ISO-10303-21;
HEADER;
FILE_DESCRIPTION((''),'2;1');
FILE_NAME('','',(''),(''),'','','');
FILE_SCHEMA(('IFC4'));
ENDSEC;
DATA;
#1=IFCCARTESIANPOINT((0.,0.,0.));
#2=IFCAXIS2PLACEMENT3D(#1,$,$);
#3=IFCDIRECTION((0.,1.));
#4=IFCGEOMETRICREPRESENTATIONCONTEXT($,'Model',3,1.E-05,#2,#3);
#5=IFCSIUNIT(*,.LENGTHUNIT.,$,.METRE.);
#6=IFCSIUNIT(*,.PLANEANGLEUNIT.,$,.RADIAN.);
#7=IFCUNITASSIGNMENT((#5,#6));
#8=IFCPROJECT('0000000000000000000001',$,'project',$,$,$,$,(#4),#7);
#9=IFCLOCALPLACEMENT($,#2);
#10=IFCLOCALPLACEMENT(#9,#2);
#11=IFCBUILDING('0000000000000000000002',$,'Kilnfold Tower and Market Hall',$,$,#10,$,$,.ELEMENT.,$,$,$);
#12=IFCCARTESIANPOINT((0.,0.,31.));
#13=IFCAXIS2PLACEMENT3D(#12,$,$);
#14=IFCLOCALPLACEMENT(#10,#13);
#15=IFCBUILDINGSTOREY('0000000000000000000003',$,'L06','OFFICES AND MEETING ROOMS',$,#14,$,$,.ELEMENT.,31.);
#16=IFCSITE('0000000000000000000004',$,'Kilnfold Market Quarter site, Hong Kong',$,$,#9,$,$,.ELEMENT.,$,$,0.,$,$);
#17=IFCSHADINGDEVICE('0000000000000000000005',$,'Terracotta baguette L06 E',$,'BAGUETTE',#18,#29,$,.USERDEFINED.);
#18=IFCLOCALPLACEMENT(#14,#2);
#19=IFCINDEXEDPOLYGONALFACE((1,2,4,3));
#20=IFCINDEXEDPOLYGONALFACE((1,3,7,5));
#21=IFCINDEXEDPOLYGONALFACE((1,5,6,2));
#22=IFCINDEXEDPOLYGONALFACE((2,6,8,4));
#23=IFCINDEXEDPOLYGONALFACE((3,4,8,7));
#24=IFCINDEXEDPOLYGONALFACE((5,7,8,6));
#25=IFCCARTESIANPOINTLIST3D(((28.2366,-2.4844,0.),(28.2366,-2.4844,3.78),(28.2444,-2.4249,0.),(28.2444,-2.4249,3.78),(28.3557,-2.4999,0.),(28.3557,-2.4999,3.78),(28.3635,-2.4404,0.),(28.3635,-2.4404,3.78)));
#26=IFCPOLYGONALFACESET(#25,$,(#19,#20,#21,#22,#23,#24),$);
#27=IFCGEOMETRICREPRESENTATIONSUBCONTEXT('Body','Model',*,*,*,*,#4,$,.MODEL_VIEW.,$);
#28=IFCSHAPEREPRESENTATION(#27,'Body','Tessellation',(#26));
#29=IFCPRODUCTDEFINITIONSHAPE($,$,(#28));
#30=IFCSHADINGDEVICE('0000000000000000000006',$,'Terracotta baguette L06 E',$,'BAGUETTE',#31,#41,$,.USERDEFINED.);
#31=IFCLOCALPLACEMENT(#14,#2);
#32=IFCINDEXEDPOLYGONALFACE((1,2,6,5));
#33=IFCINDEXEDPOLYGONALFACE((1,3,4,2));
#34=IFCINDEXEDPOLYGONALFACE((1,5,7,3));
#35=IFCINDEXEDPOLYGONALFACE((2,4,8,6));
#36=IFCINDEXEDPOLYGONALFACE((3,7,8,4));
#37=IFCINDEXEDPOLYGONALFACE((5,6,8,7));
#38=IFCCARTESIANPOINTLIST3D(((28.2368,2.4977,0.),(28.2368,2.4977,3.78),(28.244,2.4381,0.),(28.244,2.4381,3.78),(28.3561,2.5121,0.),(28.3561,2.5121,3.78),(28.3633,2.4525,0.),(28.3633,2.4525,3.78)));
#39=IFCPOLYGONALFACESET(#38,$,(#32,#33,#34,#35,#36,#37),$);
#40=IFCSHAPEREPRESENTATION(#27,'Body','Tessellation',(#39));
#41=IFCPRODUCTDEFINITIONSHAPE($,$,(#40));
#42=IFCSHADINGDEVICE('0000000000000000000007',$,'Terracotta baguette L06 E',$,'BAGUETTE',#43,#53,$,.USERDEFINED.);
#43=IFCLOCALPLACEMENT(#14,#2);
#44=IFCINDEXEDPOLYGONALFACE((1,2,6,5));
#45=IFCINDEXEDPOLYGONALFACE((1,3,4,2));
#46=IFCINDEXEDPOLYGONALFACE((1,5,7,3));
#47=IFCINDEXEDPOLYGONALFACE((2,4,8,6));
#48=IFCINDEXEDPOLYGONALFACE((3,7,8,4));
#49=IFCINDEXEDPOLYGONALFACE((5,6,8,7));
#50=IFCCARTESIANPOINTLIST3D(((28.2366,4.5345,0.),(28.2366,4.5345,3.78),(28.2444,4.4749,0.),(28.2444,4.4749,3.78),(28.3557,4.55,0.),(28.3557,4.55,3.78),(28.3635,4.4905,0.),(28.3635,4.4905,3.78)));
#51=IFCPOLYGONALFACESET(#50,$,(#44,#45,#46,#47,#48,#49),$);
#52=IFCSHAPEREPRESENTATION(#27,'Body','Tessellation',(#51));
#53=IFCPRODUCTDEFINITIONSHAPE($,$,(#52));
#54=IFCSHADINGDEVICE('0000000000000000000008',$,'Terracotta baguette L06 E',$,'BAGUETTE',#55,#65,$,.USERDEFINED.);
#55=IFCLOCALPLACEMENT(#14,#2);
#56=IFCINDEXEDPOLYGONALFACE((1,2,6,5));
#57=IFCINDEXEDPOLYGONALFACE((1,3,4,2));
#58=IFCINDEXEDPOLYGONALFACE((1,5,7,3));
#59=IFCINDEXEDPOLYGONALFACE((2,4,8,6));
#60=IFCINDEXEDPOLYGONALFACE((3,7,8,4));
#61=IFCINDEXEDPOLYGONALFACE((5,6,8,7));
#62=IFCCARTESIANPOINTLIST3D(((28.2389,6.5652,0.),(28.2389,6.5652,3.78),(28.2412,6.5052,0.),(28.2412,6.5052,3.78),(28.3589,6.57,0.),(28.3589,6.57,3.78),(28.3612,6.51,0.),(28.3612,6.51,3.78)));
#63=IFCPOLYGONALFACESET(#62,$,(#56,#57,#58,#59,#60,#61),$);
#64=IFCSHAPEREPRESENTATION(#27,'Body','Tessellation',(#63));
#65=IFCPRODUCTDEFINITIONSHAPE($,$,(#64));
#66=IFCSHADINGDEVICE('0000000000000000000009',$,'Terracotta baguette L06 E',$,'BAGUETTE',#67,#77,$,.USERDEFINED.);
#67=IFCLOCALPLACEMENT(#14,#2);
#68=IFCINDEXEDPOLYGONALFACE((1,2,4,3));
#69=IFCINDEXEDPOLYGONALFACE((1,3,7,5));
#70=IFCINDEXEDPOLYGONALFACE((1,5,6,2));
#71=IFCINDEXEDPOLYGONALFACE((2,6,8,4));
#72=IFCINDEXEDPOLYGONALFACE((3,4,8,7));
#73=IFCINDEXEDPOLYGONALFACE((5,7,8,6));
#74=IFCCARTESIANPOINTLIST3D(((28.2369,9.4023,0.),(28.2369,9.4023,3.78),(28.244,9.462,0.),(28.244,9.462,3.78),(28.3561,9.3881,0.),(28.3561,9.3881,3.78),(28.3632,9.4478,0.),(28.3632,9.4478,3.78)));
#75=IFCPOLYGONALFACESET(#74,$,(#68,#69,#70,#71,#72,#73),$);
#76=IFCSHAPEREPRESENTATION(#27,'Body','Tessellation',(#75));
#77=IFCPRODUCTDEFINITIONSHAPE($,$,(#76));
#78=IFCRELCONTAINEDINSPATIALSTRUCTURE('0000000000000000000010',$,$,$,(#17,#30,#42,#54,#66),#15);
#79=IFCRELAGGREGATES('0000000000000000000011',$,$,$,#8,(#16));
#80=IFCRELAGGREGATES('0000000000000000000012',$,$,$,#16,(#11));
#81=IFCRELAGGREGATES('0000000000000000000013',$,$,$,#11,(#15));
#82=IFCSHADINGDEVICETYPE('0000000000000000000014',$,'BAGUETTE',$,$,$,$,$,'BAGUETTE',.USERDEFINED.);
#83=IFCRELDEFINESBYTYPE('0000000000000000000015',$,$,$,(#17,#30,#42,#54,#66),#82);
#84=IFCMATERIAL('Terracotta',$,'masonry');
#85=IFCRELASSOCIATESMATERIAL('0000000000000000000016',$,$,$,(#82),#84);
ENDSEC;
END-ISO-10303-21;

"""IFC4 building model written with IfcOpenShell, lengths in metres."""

from ifc_helpers import new_model, si_unit, direction, frame, origin, origin_2d, place, context, subcontext, project, spatial, rectangle, extrude, source, transform, mapped, material, material_profile, profile_set, type_object, element, save


model = new_model("IFC4")

# Units and contexts
model_context = context("Model", 3, precision=1e-05, world=origin(), true_north=direction((0.0, 1.0)))
body_context = subcontext(model_context, "Body", "Model", "MODEL_VIEW")
ifc_project = project(units=[si_unit("LENGTHUNIT", "METRE"), si_unit("PLANEANGLEUNIT", "RADIAN")], contexts=[model_context])

# Site, building, storey
site_placement = place(None, origin())
site = spatial("IfcSite", under=ifc_project, at=site_placement, Name="Kilnfold Market Quarter site, Hong Kong", CompositionType="ELEMENT", RefElevation=0.0)
building_placement = place(site_placement, origin())
building = spatial("IfcBuilding", under=site, at=building_placement, Name="Kilnfold Tower and Market Hall", CompositionType="ELEMENT")
storey_placement = place(building_placement, frame((0.0, 0.0, 31.0)))
storey = spatial("IfcBuildingStorey", under=building, at=storey_placement, Name="L06", Description="OFFICES AND MEETING ROOMS", CompositionType="ELEMENT", Elevation=31.0)

# Shading devices
ifc_material_1 = material(Name="Terracotta", Category="masonry")
ifc_material_profile_1 = material_profile(ifc_material_1, rectangle(XDim=0.0601, YDim=0.1201, at=origin_2d()), Name="BAG 60x120")
ifc_profile_set_1 = profile_set([ifc_material_profile_1], Name="Terracotta")
shading_device_type = type_object("IfcShadingDeviceType", Name="BAGUETTE", ElementType="BAGUETTE", PredefinedType="USERDEFINED", material=ifc_profile_set_1)
shared_shape_1 = source(origin(), body_context, "Body", "SweptSolid", [
    extrude(rectangle(XDim=0.0601, YDim=0.1201, at=origin_2d()), origin(), (0.0, 0.0, 1.0), 3.78),
])
for number, where, z_axis, x_axis, name in (
    (1, (28.3, -2.4624, 0.0), (0.0, 0.0, 1.0), (0.128918, 0.991655, 0.0), "Terracotta baguette L06 E"),
    (2, (28.3, 2.4751, 0.0), (0.0, 0.0, 1.0), (-0.1196, 0.992822, 0.0), "Terracotta baguette L06 E"),
    (3, (28.3, 4.5125, 0.0), (0.0, 0.0, 1.0), (-0.129497, 0.99158, 0.0), "Terracotta baguette L06 E"),
    (4, (28.3, 6.5376, 0.0), (0.0, 0.0, 1.0), (-0.039351, 0.999225, 0.0), "Terracotta baguette L06 E"),
    (5, (28.3, 9.425, 0.0), (0.0, 0.0, 1.0), (0.117974, 0.993017, 0.0), "Terracotta baguette L06 E"),
):
    element("IfcShadingDevice", number, at=place(storey_placement, frame(where, z_axis=z_axis, x_axis=x_axis)), inside=storey, type_object=shading_device_type, Name=name, ObjectType="BAGUETTE", PredefinedType="USERDEFINED", context=body_context, shape_type="MappedRepresentation", body=[
        mapped(shared_shape_1, transform((0.0, 0.0, 0.0))),
    ])

save(model, "model.ifc")
